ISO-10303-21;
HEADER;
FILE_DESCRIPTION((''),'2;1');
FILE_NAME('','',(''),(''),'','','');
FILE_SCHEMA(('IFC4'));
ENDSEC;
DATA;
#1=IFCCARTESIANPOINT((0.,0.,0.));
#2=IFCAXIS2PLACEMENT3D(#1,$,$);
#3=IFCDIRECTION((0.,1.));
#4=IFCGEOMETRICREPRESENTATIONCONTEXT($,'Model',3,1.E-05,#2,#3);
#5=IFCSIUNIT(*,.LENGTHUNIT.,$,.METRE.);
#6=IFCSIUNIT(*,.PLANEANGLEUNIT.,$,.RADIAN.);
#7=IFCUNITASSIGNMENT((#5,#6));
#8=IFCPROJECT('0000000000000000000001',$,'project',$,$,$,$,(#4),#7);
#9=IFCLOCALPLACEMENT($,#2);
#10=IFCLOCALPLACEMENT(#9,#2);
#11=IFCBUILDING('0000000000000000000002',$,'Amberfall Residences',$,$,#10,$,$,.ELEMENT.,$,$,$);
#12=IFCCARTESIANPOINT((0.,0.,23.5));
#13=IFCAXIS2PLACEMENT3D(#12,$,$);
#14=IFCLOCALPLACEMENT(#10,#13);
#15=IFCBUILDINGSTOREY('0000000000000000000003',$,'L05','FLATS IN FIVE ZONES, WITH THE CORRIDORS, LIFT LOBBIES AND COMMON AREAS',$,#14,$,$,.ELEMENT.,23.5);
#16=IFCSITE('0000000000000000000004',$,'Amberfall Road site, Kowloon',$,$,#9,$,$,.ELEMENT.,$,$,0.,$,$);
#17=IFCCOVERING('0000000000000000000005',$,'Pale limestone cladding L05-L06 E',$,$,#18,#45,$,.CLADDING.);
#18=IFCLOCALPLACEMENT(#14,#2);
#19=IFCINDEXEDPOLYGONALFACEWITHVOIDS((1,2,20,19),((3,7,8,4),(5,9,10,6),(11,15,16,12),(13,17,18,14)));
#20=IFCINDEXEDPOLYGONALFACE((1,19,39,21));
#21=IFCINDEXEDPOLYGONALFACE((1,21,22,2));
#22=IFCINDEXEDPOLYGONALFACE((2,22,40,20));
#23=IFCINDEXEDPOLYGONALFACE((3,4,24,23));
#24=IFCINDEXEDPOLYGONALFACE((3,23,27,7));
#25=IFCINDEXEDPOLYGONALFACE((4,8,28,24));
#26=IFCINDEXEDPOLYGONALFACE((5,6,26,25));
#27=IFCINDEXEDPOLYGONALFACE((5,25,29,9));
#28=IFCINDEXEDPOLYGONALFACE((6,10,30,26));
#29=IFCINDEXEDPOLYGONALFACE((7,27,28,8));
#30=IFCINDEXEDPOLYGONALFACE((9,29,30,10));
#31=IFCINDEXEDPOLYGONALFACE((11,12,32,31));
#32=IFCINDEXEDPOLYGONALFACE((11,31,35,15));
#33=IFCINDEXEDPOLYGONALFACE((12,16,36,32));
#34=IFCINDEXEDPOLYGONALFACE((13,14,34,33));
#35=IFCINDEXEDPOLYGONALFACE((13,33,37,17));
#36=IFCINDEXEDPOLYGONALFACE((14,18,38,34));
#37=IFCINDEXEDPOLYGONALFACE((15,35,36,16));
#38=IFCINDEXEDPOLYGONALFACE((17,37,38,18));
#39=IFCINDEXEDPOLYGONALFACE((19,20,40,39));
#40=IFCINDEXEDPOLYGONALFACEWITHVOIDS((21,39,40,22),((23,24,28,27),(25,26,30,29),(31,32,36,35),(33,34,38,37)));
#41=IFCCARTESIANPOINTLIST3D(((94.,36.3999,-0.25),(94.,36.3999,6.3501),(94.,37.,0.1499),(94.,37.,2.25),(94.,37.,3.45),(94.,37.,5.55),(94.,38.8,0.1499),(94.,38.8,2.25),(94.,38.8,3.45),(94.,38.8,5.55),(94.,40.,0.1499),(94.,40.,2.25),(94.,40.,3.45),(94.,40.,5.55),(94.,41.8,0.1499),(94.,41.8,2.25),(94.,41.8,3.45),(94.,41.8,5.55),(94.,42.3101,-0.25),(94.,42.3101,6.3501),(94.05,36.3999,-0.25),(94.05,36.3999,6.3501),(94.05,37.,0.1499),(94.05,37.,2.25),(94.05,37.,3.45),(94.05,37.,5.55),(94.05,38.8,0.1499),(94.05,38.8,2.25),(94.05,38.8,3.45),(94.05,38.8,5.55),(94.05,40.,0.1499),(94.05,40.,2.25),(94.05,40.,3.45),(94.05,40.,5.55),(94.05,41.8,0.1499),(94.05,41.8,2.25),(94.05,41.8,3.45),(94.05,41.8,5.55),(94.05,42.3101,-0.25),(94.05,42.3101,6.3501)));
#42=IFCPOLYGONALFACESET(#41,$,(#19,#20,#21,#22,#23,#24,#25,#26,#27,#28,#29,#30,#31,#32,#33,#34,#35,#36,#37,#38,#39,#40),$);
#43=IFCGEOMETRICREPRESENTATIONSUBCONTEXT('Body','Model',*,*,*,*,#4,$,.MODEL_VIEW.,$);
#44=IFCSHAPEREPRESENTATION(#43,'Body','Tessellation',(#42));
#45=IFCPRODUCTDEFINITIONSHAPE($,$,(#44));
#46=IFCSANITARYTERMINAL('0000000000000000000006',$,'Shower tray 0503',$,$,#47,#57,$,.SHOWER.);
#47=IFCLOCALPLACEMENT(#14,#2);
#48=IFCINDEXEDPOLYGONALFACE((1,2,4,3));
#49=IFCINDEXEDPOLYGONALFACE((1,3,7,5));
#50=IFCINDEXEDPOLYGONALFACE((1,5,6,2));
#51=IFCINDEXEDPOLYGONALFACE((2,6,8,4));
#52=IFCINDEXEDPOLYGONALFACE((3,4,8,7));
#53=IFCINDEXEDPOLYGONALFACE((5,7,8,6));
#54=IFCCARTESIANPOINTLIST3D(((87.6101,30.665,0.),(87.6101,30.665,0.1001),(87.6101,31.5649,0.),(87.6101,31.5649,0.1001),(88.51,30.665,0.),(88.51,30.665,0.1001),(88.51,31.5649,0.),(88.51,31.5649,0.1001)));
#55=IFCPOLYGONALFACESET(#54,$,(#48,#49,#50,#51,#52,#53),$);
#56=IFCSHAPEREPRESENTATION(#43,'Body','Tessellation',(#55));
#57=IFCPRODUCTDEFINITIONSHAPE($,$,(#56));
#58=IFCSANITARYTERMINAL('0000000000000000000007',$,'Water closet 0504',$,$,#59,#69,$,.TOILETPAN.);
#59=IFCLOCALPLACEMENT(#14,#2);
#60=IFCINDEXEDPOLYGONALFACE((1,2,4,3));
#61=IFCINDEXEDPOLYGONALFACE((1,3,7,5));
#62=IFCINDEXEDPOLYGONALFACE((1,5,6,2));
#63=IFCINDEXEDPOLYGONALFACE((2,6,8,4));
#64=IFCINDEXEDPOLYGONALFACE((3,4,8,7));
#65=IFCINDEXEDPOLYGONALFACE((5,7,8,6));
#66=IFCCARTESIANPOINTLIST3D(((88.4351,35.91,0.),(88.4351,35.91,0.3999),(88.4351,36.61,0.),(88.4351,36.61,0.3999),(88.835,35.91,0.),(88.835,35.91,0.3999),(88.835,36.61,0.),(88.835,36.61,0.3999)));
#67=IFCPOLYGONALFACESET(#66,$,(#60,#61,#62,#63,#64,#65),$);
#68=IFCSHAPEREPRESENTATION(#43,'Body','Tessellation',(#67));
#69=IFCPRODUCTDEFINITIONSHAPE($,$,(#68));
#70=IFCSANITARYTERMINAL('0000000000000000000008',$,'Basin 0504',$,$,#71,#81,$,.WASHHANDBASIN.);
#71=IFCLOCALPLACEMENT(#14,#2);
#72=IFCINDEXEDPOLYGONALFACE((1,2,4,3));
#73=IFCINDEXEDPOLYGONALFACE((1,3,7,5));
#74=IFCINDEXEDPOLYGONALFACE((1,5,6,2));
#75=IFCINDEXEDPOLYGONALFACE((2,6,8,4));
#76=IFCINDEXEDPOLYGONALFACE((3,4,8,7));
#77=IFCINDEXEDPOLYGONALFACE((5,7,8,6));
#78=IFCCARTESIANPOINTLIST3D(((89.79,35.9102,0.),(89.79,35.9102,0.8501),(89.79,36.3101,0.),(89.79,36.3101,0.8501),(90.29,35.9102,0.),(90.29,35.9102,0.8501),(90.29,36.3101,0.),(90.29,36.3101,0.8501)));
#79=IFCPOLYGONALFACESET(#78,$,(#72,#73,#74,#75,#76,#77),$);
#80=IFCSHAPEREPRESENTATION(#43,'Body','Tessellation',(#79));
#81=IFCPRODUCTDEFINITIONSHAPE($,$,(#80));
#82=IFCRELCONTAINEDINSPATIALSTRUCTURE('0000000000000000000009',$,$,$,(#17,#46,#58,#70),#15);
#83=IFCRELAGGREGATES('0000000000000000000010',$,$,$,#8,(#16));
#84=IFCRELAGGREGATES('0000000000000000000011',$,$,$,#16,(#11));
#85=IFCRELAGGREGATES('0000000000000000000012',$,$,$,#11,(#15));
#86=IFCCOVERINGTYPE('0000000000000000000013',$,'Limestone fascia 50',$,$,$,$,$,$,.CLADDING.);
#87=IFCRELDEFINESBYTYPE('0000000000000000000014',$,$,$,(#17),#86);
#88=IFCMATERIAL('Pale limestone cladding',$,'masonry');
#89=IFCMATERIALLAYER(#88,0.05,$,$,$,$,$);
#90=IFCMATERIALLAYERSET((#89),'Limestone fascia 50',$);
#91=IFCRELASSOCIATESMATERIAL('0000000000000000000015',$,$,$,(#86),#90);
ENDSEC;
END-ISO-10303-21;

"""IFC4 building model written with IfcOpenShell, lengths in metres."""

from ifc_helpers import new_model, si_unit, direction, frame, origin, origin_2d, place, context, subcontext, project, spatial, polyline, rectangle, outline, extrude, material, layer, layer_set, type_object, element, save


model = new_model("IFC4")

# Units and contexts
model_context = context("Model", 3, precision=1e-05, world=origin(), true_north=direction((0.0, 1.0)))
body_context = subcontext(model_context, "Body", "Model", "MODEL_VIEW")
ifc_project = project(units=[si_unit("LENGTHUNIT", "METRE"), si_unit("PLANEANGLEUNIT", "RADIAN")], contexts=[model_context])

# Site, building, storey
site_placement = place(None, origin())
site = spatial("IfcSite", under=ifc_project, at=site_placement, Name="Amberfall Road site, Kowloon", CompositionType="ELEMENT", RefElevation=0.0)
building_placement = place(site_placement, origin())
building = spatial("IfcBuilding", under=site, at=building_placement, Name="Amberfall Residences", CompositionType="ELEMENT")
storey_placement = place(building_placement, frame((0.0, 0.0, 23.5)))
storey = spatial("IfcBuildingStorey", under=building, at=storey_placement, Name="L05", Description="FLATS IN FIVE ZONES, WITH THE CORRIDORS, LIFT LOBBIES AND COMMON AREAS", CompositionType="ELEMENT", Elevation=23.5)

# Covering
ifc_material_1 = material(Name="Pale limestone cladding", Category="masonry")
ifc_layer_1 = layer(ifc_material_1, 0.05)
ifc_layer_set_1 = layer_set([ifc_layer_1], Name="Limestone fascia 50")
covering_type = type_object("IfcCoveringType", Name="Limestone fascia 50", PredefinedType="CLADDING", material=ifc_layer_set_1)
covering_placement = place(storey_placement, frame((94.0, 36.3999, 6.3501), z_axis=(-1.0, 0.0, 0.0), x_axis=(0.0, 1.0, 0.0)))
element("IfcCovering", 1, at=covering_placement, inside=storey, type_object=covering_type, Name="Pale limestone cladding L05-L06 E", PredefinedType="CLADDING", context=body_context, shape_type="SweptSolid", body=[
    extrude(outline(polyline([(0.0, 0.0), (5.9102, 0.0), (5.9102, 6.6001), (0.0, 6.6001), (0.0, 0.0)]), holes=[polyline([(0.6001, 4.1001), (2.4001, 4.1001), (2.4001, 6.2002), (0.6001, 6.2002), (0.6001, 4.1001)]), polyline([(3.6001, 4.1001), (5.4001, 4.1001), (5.4001, 6.2002), (3.6001, 6.2002), (3.6001, 4.1001)]), polyline([(0.6001, 0.8), (2.4001, 0.8), (2.4001, 2.9001), (0.6001, 2.9001), (0.6001, 0.8)]), polyline([(3.6001, 0.8), (5.4001, 0.8), (5.4001, 2.9001), (3.6001, 2.9001), (3.6001, 0.8)])]), origin(), (0.0, 0.0, -1.0), 0.05),
])

# Sanitary terminals
sanitary_terminal_1_placement = place(storey_placement, frame((88.0601, 31.115, 0.0), z_axis=(0.0, 0.0, 1.0), x_axis=(1.0, 0.0, 0.0)))
element("IfcSanitaryTerminal", 2, at=sanitary_terminal_1_placement, inside=storey, Name="Shower tray 0503", PredefinedType="SHOWER", context=body_context, shape_type="SweptSolid", body=[
    extrude(rectangle(XDim=0.8999, YDim=0.8999, at=origin_2d()), origin(), (0.0, 0.0, 1.0), 0.1001),
])
sanitary_terminal_2_placement = place(storey_placement, frame((88.635, 36.26, 0.0), z_axis=(0.0, 0.0, 1.0), x_axis=(1.0, 0.0, 0.0)))
element("IfcSanitaryTerminal", 3, at=sanitary_terminal_2_placement, inside=storey, Name="Water closet 0504", PredefinedType="TOILETPAN", context=body_context, shape_type="SweptSolid", body=[
    extrude(rectangle(XDim=0.3999, YDim=0.7, at=origin_2d()), origin(), (0.0, 0.0, 1.0), 0.3999),
])
sanitary_terminal_3_placement = place(storey_placement, frame((90.04, 36.1101, 0.0), z_axis=(0.0, 0.0, 1.0), x_axis=(1.0, 0.0, 0.0)))
element("IfcSanitaryTerminal", 4, at=sanitary_terminal_3_placement, inside=storey, Name="Basin 0504", PredefinedType="WASHHANDBASIN", context=body_context, shape_type="SweptSolid", body=[
    extrude(rectangle(XDim=0.5, YDim=0.3999, at=origin_2d()), origin(), (0.0, 0.0, 1.0), 0.8501),
])

save(model, "model.ifc")
